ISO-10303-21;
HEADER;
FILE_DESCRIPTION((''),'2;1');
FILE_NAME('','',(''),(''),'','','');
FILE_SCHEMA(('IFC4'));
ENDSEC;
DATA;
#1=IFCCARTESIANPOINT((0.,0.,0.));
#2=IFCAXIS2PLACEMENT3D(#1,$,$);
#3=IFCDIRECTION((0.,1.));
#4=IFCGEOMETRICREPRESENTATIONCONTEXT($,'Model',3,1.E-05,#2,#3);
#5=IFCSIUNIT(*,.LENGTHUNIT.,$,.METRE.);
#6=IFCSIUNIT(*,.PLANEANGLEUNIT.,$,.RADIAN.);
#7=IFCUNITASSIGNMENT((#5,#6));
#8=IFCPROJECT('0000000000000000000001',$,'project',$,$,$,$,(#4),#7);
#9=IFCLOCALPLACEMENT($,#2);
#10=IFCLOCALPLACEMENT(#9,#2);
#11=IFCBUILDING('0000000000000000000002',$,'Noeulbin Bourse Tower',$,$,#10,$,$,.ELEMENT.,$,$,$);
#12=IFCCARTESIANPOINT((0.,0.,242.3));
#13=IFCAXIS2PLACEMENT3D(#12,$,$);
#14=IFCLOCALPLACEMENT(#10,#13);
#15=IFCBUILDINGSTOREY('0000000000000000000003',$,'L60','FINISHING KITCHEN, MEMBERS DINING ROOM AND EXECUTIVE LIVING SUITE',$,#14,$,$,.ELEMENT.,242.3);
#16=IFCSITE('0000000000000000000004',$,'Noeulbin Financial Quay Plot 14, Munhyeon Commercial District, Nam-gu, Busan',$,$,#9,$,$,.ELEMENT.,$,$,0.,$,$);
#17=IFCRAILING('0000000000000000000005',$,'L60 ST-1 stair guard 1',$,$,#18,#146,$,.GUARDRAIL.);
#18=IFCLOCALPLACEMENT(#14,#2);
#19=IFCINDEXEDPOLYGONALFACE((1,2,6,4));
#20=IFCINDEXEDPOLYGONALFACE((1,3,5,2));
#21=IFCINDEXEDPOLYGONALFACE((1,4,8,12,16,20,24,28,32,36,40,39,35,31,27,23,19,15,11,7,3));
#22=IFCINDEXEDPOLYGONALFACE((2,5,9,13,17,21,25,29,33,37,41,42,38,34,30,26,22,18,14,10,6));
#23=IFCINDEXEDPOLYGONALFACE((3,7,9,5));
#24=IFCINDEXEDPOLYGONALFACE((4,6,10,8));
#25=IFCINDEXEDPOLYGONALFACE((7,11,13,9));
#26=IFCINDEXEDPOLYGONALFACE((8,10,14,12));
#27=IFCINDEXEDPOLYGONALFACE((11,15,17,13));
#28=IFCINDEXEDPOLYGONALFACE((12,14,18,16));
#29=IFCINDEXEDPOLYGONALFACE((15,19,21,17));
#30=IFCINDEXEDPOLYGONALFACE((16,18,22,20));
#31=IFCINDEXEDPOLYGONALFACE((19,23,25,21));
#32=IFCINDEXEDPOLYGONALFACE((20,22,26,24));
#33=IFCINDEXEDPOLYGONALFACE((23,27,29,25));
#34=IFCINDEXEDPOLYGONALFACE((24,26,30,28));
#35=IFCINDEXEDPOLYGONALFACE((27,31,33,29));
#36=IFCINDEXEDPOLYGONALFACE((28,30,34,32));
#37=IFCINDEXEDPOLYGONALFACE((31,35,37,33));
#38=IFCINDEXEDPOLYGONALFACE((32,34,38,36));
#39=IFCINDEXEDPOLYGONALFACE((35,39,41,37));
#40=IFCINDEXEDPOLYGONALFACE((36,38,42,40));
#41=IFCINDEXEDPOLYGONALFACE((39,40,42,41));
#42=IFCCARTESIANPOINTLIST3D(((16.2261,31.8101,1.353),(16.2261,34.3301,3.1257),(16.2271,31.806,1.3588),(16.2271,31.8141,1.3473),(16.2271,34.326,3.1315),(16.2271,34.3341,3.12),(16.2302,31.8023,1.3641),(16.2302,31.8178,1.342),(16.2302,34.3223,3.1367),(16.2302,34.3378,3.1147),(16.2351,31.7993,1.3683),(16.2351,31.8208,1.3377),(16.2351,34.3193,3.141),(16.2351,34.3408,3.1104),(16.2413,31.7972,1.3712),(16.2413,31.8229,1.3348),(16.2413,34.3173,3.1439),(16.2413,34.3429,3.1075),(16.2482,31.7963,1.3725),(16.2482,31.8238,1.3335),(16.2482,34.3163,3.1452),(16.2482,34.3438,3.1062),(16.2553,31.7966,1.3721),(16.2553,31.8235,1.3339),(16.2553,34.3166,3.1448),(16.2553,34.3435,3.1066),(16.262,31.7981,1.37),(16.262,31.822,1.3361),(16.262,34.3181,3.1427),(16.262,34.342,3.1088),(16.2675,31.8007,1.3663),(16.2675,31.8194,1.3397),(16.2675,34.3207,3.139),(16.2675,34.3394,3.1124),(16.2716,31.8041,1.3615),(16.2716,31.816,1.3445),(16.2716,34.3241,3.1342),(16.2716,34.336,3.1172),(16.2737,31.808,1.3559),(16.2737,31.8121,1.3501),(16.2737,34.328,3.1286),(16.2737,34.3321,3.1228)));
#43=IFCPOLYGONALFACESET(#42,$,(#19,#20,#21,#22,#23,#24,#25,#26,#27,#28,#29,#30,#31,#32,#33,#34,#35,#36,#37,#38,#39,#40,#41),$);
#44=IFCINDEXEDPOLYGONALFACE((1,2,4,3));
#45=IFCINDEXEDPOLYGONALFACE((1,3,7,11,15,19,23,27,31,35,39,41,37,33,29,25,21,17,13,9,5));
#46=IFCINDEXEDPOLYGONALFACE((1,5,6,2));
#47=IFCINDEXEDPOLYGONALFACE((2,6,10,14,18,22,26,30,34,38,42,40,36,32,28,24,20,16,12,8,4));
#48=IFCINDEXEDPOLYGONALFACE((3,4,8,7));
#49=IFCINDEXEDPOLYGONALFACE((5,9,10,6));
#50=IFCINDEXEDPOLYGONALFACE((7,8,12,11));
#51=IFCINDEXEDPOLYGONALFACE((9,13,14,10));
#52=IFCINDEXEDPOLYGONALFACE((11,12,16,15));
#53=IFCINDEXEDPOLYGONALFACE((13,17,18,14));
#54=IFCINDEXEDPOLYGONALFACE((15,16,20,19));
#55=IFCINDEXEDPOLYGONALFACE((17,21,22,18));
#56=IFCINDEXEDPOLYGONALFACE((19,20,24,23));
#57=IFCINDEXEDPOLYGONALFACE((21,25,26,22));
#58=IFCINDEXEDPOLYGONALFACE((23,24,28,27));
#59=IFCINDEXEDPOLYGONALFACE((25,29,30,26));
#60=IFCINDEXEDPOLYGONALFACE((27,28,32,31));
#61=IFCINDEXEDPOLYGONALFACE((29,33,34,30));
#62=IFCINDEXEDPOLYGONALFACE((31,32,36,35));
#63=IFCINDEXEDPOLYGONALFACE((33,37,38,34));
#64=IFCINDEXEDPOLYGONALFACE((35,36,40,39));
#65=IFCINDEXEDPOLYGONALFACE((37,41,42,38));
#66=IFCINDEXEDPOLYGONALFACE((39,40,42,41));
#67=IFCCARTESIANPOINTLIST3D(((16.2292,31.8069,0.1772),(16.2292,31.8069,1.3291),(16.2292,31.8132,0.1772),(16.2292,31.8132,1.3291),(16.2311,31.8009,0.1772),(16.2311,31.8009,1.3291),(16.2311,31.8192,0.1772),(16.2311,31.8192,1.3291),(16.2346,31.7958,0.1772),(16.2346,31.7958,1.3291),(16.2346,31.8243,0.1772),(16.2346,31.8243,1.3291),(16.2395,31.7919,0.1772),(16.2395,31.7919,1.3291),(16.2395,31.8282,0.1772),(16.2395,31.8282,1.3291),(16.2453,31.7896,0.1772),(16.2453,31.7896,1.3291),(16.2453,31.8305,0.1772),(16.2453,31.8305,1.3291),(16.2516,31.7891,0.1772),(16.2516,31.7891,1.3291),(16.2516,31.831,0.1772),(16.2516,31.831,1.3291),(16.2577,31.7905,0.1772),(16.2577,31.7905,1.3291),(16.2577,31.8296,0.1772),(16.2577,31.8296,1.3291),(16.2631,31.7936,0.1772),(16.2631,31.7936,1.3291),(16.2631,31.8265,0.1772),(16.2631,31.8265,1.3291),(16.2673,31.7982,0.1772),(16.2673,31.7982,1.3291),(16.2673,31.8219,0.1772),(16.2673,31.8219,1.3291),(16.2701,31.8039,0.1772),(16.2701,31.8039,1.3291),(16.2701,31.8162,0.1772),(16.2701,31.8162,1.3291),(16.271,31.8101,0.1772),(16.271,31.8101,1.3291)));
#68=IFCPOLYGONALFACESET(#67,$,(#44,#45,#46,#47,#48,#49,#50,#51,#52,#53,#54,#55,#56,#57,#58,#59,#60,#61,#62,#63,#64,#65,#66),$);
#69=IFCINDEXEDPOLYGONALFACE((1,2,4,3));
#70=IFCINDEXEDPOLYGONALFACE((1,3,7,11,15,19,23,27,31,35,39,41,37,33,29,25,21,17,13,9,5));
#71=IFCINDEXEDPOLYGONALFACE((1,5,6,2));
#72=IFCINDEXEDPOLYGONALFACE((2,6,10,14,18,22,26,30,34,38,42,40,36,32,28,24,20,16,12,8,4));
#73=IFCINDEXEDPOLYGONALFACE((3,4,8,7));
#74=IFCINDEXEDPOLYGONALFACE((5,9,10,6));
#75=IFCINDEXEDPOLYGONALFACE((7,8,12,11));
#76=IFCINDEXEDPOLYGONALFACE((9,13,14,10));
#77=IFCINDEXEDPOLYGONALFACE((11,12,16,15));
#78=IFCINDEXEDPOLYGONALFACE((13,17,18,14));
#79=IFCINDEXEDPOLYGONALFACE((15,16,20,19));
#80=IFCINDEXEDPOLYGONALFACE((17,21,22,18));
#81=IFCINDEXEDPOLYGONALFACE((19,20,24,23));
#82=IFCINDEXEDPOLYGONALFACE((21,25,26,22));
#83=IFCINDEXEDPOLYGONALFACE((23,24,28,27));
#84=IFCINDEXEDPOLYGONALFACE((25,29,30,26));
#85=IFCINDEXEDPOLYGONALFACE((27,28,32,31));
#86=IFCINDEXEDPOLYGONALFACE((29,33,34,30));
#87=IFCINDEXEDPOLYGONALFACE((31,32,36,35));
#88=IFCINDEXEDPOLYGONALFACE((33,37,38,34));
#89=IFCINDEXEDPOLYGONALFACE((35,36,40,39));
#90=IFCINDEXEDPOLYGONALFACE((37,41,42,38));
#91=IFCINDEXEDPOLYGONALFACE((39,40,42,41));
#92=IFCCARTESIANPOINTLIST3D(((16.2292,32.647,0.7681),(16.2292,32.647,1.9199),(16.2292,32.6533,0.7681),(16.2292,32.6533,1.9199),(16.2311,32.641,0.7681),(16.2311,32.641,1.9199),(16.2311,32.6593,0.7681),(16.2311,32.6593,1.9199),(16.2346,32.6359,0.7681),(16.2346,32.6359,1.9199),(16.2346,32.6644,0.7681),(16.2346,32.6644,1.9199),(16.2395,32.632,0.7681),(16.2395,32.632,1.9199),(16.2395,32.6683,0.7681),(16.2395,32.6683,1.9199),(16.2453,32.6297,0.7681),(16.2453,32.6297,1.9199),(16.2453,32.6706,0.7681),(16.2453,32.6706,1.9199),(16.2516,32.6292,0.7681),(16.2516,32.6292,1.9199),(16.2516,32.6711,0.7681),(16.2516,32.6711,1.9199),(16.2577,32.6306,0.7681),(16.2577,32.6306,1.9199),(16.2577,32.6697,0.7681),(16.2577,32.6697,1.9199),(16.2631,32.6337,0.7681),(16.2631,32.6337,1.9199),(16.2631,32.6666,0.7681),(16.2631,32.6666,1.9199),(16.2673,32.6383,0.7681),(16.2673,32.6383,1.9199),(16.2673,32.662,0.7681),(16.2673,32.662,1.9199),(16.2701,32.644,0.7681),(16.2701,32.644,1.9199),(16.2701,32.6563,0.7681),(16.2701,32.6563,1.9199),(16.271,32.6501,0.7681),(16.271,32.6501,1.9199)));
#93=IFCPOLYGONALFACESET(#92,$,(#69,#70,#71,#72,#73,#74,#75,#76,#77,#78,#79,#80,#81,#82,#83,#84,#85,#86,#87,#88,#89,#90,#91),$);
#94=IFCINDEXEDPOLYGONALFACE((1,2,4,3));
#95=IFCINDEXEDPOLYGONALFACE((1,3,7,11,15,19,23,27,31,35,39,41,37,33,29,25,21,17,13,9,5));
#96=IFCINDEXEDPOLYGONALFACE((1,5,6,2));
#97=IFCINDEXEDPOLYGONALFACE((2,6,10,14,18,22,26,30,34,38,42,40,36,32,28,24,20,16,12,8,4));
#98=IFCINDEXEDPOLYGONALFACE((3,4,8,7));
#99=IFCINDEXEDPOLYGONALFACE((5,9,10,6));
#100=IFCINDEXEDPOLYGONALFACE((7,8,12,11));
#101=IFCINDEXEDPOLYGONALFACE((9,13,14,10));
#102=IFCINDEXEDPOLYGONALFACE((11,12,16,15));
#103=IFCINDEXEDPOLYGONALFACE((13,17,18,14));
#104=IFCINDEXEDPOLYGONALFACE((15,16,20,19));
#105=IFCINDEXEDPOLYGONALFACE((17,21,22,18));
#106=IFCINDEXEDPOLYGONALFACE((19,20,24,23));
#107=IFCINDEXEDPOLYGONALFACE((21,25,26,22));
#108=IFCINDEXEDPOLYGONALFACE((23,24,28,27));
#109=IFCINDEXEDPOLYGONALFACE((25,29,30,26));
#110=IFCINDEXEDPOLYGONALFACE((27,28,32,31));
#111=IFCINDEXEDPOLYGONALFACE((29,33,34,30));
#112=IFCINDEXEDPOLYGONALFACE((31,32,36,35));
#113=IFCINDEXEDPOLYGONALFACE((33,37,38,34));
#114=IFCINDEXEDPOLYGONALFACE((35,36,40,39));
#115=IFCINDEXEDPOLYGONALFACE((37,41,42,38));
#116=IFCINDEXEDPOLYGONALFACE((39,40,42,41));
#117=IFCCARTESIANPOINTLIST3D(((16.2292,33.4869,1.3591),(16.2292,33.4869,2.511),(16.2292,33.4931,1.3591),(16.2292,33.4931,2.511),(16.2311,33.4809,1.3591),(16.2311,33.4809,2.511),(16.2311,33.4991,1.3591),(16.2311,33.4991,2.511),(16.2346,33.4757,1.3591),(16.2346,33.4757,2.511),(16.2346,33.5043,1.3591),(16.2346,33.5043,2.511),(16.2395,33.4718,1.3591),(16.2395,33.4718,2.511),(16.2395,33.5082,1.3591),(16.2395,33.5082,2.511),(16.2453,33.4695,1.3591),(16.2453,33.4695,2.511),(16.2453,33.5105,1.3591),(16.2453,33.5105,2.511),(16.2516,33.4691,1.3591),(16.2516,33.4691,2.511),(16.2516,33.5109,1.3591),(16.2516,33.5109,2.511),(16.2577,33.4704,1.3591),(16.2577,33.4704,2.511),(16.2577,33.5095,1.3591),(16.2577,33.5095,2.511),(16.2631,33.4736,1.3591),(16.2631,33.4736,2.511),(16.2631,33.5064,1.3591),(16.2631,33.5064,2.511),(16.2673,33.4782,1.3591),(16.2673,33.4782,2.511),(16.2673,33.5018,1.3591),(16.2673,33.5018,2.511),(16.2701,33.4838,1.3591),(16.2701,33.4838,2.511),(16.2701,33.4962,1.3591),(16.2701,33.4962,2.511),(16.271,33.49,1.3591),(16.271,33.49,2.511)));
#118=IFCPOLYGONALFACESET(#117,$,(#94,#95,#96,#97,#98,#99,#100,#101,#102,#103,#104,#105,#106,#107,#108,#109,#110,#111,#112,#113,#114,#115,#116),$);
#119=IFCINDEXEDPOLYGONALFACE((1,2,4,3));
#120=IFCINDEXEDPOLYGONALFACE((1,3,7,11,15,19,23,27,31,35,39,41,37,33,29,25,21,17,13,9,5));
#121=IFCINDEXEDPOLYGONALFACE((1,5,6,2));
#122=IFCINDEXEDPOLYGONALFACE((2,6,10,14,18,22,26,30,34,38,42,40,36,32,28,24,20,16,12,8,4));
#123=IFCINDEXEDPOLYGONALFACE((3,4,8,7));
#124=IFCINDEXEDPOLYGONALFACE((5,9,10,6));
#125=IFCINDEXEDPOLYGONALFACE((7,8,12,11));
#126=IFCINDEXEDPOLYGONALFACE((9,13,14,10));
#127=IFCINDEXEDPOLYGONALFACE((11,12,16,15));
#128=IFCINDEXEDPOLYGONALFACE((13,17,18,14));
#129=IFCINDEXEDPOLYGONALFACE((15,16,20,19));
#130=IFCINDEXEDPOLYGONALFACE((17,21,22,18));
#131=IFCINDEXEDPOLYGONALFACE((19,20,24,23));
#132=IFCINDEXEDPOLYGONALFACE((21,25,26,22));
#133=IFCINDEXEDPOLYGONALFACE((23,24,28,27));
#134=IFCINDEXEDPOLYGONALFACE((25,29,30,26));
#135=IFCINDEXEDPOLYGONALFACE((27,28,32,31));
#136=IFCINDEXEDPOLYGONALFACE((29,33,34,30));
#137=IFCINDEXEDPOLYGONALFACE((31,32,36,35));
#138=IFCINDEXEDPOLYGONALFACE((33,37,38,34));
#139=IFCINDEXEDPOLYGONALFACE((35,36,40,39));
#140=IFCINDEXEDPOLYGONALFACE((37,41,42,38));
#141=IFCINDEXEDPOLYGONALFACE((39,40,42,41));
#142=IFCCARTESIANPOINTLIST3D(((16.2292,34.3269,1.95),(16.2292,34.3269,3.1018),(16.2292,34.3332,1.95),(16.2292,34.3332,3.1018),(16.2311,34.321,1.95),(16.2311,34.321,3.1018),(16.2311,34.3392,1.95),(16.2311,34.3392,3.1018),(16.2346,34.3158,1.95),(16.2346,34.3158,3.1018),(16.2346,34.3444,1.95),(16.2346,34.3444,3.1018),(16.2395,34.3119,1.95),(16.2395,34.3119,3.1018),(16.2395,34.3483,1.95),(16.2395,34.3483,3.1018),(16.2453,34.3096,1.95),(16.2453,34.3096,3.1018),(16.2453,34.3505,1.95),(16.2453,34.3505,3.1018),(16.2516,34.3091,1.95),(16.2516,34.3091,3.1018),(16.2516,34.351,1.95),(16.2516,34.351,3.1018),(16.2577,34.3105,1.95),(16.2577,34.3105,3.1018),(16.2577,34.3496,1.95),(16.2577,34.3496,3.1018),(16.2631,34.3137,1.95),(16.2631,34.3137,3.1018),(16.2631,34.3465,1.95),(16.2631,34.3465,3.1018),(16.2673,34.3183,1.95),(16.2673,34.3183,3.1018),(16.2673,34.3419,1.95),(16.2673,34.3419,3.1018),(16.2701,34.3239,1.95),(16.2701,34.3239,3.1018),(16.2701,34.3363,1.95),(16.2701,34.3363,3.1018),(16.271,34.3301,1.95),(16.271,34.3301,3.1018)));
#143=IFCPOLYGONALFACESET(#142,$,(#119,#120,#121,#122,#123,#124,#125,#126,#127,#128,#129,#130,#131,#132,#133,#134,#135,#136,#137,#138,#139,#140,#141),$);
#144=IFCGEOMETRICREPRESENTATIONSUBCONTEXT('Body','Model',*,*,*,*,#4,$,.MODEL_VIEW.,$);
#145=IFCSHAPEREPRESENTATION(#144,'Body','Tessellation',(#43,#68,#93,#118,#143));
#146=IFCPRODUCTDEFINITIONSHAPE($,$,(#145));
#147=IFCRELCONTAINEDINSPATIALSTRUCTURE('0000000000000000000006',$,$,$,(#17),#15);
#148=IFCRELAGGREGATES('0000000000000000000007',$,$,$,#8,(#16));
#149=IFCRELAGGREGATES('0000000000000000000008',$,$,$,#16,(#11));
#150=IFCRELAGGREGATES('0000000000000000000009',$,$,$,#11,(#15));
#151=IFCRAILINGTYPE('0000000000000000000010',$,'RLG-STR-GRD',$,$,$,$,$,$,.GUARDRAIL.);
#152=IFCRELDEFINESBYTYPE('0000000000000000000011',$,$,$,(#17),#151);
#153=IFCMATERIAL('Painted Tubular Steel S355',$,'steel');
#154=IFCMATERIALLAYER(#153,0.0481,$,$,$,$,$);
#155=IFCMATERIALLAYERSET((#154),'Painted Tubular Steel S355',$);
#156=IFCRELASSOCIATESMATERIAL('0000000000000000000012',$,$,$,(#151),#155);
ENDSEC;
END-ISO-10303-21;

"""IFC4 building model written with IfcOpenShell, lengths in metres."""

from ifc_helpers import new_model, si_unit, direction, frame, origin, origin_2d, place, context, subcontext, project, spatial, circle, extrude, material, layer, layer_set, type_object, element, save


model = new_model("IFC4")

# Units and contexts
model_context = context("Model", 3, precision=1e-05, world=origin(), true_north=direction((0.0, 1.0)))
body_context = subcontext(model_context, "Body", "Model", "MODEL_VIEW")
ifc_project = project(units=[si_unit("LENGTHUNIT", "METRE"), si_unit("PLANEANGLEUNIT", "RADIAN")], contexts=[model_context])

# Site, building, storey
site_placement = place(None, origin())
site = spatial("IfcSite", under=ifc_project, at=site_placement, Name="Noeulbin Financial Quay Plot 14, Munhyeon Commercial District, Nam-gu, Busan", CompositionType="ELEMENT", RefElevation=0.0)
building_placement = place(site_placement, origin())
building = spatial("IfcBuilding", under=site, at=building_placement, Name="Noeulbin Bourse Tower", CompositionType="ELEMENT")
storey_placement = place(building_placement, frame((0.0, 0.0, 242.3)))
storey = spatial("IfcBuildingStorey", under=building, at=storey_placement, Name="L60", Description="FINISHING KITCHEN, MEMBERS DINING ROOM AND EXECUTIVE LIVING SUITE", CompositionType="ELEMENT", Elevation=242.3)

# Railing
ifc_material_1 = material(Name="Painted Tubular Steel S355", Category="steel")
ifc_layer_1 = layer(ifc_material_1, 0.0481)
ifc_layer_set_1 = layer_set([ifc_layer_1], Name="Painted Tubular Steel S355")
railing_type_1 = type_object("IfcRailingType", Name="RLG-STR-GRD", PredefinedType="GUARDRAIL", material=ifc_layer_set_1)
railing_1_placement = place(storey_placement, frame((16.25, 31.8101, 0.1772)))
element("IfcRailing", 1, at=railing_1_placement, inside=storey, type_object=railing_type_1, Name="L60 ST-1 stair guard 1", PredefinedType="GUARDRAIL", context=body_context, shape_type="SweptSolid", body=[
    extrude(circle(Radius=0.0239, at=origin_2d()), frame((0.0, 0.0, 1.1758), z_axis=(0.0, 0.817904, 0.575354), x_axis=(-1.0, 0.0, 0.0)), (0.0, 0.0, 1.0), 3.0811),
    extrude(circle(Radius=0.021, at=origin_2d()), origin(), (0.0, 0.0, 1.0), 1.1519),
    extrude(circle(Radius=0.021, at=origin_2d()), frame((0.0, 0.8401, 0.5908)), (0.0, 0.0, 1.0), 1.1519),
    extrude(circle(Radius=0.021, at=origin_2d()), frame((0.0, 1.6799, 1.1819)), (0.0, 0.0, 1.0), 1.1519),
    extrude(circle(Radius=0.021, at=origin_2d()), frame((0.0, 2.52, 1.7727)), (0.0, 0.0, 1.0), 1.1519),
])

save(model, "model.ifc")
